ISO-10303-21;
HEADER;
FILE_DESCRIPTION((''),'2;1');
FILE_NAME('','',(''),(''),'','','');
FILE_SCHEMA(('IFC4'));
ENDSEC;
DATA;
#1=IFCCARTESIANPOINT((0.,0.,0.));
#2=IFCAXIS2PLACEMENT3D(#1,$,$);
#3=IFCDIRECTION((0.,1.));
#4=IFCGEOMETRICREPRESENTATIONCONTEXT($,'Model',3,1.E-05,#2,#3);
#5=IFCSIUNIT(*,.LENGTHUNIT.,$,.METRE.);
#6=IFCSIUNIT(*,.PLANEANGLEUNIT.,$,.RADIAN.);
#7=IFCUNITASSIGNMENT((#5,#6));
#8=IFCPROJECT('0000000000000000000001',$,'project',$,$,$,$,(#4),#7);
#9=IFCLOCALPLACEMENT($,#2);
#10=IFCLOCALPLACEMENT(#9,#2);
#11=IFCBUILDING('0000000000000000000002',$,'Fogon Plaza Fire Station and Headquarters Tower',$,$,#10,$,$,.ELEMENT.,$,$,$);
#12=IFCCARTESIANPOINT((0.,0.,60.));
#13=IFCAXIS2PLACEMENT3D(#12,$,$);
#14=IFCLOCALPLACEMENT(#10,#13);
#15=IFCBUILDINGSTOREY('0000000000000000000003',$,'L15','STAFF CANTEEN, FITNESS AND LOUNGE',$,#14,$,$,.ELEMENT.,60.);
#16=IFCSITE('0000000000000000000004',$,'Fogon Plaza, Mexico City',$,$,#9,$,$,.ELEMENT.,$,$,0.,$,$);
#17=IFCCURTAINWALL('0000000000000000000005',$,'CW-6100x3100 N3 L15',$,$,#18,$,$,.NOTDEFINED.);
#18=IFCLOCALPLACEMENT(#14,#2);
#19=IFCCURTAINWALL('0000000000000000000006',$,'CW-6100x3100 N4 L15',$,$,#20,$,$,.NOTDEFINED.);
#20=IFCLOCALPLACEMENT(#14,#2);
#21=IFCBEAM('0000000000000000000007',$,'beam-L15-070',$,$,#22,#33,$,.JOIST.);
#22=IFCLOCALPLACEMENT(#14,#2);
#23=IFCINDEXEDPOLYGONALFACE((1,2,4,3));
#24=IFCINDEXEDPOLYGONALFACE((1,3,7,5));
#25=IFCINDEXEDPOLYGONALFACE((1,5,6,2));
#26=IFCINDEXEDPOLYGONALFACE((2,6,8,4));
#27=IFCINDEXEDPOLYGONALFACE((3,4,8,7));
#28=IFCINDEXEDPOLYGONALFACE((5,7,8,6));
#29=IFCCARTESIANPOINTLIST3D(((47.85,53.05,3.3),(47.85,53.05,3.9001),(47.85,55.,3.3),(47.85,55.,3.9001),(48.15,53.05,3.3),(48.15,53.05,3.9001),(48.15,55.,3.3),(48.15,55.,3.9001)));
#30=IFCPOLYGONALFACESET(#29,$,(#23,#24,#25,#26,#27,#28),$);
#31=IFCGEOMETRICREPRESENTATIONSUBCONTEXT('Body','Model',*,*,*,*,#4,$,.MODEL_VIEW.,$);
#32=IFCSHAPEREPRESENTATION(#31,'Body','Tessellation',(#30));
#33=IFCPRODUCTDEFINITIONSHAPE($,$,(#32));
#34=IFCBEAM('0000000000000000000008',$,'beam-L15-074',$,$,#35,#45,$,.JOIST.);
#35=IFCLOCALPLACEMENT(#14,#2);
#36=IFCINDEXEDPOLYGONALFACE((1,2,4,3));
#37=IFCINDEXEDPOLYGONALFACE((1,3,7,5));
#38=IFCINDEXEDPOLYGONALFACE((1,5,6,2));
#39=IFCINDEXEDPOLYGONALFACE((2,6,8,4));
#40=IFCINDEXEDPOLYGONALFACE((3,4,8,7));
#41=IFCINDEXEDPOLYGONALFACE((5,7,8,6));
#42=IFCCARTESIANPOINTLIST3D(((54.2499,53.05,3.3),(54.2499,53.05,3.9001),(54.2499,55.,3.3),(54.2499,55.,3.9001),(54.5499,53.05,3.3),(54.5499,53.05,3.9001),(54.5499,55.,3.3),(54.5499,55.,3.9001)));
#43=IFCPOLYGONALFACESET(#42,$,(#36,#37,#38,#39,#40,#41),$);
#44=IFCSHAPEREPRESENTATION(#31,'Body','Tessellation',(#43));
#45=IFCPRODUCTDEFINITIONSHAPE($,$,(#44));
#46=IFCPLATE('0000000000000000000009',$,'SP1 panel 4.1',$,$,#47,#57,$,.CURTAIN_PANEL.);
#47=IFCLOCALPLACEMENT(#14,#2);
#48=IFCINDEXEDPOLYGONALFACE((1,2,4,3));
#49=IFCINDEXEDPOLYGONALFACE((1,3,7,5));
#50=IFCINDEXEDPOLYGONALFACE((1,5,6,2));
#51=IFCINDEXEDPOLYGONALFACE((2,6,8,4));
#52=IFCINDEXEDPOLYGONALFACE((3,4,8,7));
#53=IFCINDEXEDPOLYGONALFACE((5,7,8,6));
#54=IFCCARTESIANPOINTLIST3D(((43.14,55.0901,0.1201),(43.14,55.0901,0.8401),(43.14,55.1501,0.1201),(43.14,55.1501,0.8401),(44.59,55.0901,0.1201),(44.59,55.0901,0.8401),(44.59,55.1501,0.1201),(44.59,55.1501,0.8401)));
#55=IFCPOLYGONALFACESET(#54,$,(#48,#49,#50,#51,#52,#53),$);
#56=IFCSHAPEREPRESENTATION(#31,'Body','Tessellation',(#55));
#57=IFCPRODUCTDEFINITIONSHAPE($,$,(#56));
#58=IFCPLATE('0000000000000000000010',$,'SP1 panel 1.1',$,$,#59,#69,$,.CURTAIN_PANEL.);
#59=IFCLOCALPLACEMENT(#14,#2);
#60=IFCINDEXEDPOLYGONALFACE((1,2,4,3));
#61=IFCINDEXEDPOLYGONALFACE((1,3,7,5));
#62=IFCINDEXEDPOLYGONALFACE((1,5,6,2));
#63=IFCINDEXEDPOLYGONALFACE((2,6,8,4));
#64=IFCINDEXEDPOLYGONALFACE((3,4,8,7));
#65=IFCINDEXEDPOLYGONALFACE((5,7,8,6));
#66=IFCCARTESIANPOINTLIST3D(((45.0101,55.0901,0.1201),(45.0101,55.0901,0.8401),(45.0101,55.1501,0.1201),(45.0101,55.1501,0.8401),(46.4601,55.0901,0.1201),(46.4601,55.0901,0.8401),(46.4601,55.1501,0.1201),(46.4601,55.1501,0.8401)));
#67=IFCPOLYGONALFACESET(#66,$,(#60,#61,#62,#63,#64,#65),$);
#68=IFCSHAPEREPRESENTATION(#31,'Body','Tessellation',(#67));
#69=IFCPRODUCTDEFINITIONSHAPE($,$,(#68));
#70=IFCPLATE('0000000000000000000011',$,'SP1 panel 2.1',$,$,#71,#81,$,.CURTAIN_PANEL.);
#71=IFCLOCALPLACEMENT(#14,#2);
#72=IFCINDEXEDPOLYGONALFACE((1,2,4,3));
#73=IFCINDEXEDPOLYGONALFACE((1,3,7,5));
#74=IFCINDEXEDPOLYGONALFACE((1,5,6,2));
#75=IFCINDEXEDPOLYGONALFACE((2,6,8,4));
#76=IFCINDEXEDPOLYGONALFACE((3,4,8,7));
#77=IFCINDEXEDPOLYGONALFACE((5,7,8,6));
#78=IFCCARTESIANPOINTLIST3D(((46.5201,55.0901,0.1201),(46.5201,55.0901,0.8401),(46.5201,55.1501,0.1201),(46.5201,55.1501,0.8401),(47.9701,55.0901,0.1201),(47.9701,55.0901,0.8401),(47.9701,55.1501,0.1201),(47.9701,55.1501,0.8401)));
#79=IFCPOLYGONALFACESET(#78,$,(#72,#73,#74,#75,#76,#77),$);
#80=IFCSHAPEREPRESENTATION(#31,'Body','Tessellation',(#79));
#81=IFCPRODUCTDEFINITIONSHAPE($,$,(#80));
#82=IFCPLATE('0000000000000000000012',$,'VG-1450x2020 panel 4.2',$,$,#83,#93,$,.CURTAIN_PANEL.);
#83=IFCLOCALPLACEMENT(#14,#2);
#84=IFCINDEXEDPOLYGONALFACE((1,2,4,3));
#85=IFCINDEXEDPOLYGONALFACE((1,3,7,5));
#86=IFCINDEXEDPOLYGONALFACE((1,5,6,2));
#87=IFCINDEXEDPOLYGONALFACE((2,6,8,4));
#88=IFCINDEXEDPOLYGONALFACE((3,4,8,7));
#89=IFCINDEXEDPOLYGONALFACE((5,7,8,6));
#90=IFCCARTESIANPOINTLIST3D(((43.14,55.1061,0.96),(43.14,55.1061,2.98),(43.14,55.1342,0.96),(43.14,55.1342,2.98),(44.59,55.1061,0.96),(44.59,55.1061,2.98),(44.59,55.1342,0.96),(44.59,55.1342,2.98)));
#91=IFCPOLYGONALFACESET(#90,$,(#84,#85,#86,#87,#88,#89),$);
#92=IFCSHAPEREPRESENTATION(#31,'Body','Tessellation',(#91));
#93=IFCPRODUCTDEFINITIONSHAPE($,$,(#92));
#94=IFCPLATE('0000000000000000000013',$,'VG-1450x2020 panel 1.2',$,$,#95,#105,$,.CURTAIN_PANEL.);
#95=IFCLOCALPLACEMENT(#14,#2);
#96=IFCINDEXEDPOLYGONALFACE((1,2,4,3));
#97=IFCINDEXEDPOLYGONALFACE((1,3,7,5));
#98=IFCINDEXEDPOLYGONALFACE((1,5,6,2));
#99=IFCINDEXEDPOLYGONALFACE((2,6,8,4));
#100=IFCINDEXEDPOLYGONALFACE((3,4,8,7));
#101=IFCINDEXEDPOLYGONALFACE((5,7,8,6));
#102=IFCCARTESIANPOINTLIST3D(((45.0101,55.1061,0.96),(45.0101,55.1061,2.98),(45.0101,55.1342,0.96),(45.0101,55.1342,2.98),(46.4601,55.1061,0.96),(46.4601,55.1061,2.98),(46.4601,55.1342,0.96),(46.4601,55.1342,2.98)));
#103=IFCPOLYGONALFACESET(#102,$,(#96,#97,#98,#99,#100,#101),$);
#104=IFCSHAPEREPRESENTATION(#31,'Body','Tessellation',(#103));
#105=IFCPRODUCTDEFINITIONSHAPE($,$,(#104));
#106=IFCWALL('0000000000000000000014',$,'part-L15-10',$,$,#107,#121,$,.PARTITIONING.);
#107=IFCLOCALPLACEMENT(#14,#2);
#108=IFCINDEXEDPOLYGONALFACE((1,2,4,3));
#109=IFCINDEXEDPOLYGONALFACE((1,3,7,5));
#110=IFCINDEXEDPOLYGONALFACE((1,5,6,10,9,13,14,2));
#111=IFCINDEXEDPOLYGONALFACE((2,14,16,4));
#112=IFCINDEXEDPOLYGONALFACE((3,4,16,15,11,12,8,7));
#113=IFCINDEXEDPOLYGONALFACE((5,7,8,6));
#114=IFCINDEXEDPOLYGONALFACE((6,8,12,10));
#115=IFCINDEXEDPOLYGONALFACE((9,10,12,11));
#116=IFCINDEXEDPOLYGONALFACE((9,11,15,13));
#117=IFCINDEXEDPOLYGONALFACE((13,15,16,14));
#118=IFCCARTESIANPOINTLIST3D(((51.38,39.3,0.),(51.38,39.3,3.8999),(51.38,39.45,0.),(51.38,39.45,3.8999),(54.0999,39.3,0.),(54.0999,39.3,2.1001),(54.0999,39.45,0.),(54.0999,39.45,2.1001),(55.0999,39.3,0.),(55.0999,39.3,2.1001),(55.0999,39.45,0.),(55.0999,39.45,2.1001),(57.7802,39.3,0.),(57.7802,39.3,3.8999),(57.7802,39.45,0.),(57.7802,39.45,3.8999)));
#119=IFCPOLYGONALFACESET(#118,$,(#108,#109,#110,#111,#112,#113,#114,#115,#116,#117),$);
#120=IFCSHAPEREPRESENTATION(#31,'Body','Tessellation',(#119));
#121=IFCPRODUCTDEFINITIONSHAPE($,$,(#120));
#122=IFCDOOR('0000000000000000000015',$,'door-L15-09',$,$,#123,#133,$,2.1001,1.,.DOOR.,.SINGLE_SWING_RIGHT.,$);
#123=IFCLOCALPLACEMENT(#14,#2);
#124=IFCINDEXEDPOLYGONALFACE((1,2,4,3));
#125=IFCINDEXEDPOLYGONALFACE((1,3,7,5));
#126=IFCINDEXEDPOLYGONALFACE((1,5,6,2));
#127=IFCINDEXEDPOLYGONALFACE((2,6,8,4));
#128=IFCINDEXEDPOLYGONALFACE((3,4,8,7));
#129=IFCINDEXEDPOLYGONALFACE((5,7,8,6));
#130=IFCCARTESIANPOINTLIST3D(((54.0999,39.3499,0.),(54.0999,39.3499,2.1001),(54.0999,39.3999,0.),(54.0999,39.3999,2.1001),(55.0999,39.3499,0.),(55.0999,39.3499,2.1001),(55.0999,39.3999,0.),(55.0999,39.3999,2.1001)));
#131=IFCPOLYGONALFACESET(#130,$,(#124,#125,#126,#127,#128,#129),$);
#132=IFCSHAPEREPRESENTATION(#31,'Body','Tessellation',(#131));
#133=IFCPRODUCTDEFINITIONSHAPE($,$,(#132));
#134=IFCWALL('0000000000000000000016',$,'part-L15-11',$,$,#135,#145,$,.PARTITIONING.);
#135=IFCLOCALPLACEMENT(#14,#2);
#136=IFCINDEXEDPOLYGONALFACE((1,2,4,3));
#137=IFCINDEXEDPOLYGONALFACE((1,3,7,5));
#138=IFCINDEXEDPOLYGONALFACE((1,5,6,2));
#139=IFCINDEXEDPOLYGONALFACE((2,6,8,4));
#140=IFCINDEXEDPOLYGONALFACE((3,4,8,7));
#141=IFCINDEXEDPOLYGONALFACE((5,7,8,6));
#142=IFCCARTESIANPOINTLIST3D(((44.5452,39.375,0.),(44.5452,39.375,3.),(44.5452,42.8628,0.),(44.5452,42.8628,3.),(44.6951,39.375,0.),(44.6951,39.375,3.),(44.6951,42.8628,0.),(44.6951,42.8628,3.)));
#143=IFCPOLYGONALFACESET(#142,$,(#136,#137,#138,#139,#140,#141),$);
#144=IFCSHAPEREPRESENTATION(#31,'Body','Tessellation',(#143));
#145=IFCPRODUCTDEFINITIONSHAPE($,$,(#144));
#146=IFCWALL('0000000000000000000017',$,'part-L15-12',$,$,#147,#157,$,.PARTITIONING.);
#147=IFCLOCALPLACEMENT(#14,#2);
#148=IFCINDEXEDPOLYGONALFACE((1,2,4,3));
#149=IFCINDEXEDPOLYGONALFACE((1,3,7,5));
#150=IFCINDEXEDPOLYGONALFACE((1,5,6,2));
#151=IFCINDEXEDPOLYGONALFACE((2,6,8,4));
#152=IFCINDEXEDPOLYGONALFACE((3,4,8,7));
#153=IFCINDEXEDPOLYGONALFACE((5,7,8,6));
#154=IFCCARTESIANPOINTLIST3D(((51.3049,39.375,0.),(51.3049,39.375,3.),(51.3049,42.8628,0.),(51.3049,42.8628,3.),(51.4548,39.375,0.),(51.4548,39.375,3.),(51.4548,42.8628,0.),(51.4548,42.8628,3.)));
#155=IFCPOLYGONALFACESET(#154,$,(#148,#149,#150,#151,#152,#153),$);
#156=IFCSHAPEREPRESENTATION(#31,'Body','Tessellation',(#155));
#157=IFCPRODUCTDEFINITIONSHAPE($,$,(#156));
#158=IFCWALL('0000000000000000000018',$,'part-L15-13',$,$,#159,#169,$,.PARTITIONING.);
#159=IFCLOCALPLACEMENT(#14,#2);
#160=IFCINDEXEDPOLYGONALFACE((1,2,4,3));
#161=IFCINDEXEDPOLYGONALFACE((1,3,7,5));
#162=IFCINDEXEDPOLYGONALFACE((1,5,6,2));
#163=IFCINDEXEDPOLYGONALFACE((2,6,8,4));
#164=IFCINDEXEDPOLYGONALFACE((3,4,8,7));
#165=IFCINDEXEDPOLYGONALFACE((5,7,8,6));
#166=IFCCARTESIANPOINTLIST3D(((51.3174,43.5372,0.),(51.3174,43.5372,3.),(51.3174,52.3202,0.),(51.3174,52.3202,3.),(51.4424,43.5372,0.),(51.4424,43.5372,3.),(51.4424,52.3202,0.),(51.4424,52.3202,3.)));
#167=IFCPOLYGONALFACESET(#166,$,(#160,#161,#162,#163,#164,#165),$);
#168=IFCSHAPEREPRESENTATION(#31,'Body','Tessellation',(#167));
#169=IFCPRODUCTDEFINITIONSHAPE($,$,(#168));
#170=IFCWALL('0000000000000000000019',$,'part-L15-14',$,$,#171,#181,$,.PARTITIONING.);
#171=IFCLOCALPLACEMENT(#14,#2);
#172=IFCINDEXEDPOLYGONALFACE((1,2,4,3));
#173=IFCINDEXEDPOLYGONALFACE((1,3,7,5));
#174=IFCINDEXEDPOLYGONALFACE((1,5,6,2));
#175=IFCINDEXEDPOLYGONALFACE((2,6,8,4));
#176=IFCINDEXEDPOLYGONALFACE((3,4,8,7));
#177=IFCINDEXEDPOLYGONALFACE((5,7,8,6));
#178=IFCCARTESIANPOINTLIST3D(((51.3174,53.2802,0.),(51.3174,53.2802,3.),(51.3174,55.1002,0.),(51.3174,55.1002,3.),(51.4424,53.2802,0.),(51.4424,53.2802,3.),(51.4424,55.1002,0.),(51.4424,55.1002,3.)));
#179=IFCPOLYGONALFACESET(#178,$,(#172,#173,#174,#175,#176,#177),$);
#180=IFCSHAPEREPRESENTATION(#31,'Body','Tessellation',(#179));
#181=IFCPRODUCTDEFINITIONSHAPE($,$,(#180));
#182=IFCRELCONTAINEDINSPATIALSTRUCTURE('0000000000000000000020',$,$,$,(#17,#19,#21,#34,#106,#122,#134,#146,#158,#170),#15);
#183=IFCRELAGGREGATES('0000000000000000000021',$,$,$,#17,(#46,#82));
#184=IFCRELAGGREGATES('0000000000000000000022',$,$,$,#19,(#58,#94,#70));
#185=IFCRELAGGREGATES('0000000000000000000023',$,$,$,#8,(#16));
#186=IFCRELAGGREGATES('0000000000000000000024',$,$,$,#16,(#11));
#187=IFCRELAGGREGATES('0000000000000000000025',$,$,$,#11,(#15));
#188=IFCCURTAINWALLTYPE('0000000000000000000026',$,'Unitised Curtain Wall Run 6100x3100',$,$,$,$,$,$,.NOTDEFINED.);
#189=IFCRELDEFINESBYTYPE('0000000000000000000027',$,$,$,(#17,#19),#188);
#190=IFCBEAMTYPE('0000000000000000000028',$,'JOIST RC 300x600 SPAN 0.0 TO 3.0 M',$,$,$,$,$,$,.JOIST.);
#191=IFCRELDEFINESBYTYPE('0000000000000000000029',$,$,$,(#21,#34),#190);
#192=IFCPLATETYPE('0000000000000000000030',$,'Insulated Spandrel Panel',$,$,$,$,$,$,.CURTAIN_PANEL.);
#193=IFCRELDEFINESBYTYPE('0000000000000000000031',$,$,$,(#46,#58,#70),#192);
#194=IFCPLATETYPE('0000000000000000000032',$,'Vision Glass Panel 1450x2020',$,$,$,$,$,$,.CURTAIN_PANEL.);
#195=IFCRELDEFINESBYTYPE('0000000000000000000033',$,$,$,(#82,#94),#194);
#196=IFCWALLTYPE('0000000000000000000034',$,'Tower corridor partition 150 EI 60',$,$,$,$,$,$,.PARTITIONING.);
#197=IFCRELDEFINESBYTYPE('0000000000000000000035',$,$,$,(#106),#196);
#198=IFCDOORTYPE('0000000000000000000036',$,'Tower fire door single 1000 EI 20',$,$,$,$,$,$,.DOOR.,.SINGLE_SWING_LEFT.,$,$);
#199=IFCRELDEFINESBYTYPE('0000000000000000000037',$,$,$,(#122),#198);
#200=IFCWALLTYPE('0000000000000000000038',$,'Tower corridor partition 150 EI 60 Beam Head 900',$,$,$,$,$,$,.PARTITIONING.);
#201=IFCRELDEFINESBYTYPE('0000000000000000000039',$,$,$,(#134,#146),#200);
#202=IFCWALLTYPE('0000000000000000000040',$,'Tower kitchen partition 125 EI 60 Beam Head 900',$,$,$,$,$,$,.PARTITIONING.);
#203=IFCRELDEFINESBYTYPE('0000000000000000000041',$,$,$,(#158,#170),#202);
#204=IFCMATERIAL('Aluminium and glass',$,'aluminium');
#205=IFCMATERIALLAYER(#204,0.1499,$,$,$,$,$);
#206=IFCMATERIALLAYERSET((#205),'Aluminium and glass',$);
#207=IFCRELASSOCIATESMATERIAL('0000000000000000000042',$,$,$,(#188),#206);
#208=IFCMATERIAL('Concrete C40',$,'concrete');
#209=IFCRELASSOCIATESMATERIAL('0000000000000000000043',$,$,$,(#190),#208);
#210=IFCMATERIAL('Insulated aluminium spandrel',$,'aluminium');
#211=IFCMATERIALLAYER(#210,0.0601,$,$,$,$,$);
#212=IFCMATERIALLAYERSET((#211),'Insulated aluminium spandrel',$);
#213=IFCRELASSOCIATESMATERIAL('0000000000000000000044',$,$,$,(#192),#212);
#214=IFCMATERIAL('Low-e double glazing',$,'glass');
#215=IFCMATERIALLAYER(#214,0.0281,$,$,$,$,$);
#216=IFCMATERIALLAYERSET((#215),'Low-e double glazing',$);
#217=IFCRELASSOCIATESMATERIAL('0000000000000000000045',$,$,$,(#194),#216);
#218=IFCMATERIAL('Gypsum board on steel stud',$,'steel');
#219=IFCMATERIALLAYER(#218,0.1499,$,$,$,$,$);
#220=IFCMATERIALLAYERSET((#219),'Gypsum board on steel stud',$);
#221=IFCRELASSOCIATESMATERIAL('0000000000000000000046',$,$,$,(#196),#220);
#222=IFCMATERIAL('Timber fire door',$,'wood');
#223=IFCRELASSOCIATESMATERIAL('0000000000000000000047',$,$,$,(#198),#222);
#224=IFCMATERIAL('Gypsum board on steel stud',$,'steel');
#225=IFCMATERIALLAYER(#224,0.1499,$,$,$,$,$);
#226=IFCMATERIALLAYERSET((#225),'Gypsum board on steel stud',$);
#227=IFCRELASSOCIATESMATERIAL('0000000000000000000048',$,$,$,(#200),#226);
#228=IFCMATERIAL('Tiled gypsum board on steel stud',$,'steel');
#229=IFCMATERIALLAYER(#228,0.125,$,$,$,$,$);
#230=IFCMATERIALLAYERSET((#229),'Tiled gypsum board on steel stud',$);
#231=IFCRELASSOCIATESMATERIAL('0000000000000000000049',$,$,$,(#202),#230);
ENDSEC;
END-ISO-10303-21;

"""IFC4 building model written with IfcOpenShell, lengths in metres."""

from ifc_helpers import new_model, si_unit, direction, frame, frame_2d, origin, origin_2d, place, context, subcontext, project, spatial, rectangle, extrude, material, layer, layer_set, material_profile, profile_set, type_object, element, fill, aggregate, save


model = new_model("IFC4")

# Units and contexts
model_context = context("Model", 3, precision=1e-05, world=origin(), true_north=direction((0.0, 1.0)))
body_context = subcontext(model_context, "Body", "Model", "MODEL_VIEW")
ifc_project = project(units=[si_unit("LENGTHUNIT", "METRE"), si_unit("PLANEANGLEUNIT", "RADIAN")], contexts=[model_context])

# Site, building, storey
site_placement = place(None, origin())
site = spatial("IfcSite", under=ifc_project, at=site_placement, Name="Fogon Plaza, Mexico City", CompositionType="ELEMENT", RefElevation=0.0)
building_placement = place(site_placement, origin())
building = spatial("IfcBuilding", under=site, at=building_placement, Name="Fogon Plaza Fire Station and Headquarters Tower", CompositionType="ELEMENT")
storey_placement = place(building_placement, frame((0.0, 0.0, 60.0)))
storey = spatial("IfcBuildingStorey", under=building, at=storey_placement, Name="L15", Description="STAFF CANTEEN, FITNESS AND LOUNGE", CompositionType="ELEMENT", Elevation=60.0)

# Curtain wall
ifc_material_1 = material(Name="Aluminium and glass", Category="aluminium")
ifc_layer_1 = layer(ifc_material_1, 0.1499)
ifc_layer_set_1 = layer_set([ifc_layer_1], Name="Aluminium and glass")
curtain_wall_type = type_object("IfcCurtainWallType", Name="Unitised Curtain Wall Run 6100x3100", PredefinedType="NOTDEFINED", material=ifc_layer_set_1)
curtain_wall_1_placement = place(storey_placement, origin())
curtain_wall_1 = element("IfcCurtainWall", 1, at=curtain_wall_1_placement, inside=storey, type_object=curtain_wall_type, Name="CW-6100x3100 N3 L15", PredefinedType="NOTDEFINED")

# Curtain wall
curtain_wall_2_placement = place(storey_placement, origin())
curtain_wall_2 = element("IfcCurtainWall", 2, at=curtain_wall_2_placement, inside=storey, type_object=curtain_wall_type, Name="CW-6100x3100 N4 L15", PredefinedType="NOTDEFINED")

# Beams
ifc_material_2 = material(Name="Concrete C40", Category="concrete")
ifc_material_profile_1 = material_profile(ifc_material_2, rectangle(XDim=0.3, YDim=0.6001, at=origin_2d()), Name="RC 300x600")
ifc_profile_set_1 = profile_set([ifc_material_profile_1], Name="Concrete C40")
beam_type_1 = type_object("IfcBeamType", Name="JOIST RC 300x600 SPAN 0.0 TO 3.0 M", PredefinedType="JOIST", material=ifc_profile_set_1)
for number, where, z_axis, x_axis, name in (
    (3, (48.0, 53.05, 3.6001), (0.0, 1.0, 0.0), (-1.0, 0.0, 0.0), "beam-L15-070"),
    (4, (54.3999, 53.05, 3.6001), (0.0, 1.0, 0.0), (-1.0, 0.0, 0.0), "beam-L15-074"),
):
    element("IfcBeam", number, at=place(storey_placement, frame(where, z_axis=z_axis, x_axis=x_axis)), inside=storey, type_object=beam_type_1, Name=name, PredefinedType="JOIST", context=body_context, shape_type="SweptSolid", body=[
        extrude(rectangle(XDim=0.3, YDim=0.6001, at=origin_2d()), origin(), (0.0, 0.0, 1.0), 1.95),
    ])

# Plates
ifc_material_3 = material(Name="Insulated aluminium spandrel", Category="aluminium")
ifc_layer_2 = layer(ifc_material_3, 0.0601)
ifc_layer_set_2 = layer_set([ifc_layer_2], Name="Insulated aluminium spandrel")
plate_type_1 = type_object("IfcPlateType", Name="Insulated Spandrel Panel", PredefinedType="CURTAIN_PANEL", material=ifc_layer_set_2)
plate_1_placement = place(storey_placement, frame((43.865, 55.1201, 0.1201), z_axis=(0.0, 0.0, 1.0), x_axis=(1.0, 0.0, 0.0)))
plate_1 = element("IfcPlate", 5, at=plate_1_placement, type_object=plate_type_1, Name="SP1 panel 4.1", PredefinedType="CURTAIN_PANEL", context=body_context, shape_type="SweptSolid", body=[
    extrude(rectangle(XDim=1.45, YDim=0.0601, at=origin_2d()), origin(), (0.0, 0.0, 1.0), 0.72),
])
plate_2_placement = place(storey_placement, frame((45.7351, 55.1201, 0.1201), z_axis=(0.0, 0.0, 1.0), x_axis=(1.0, 0.0, 0.0)))
plate_2 = element("IfcPlate", 6, at=plate_2_placement, type_object=plate_type_1, Name="SP1 panel 1.1", PredefinedType="CURTAIN_PANEL", context=body_context, shape_type="SweptSolid", body=[
    extrude(rectangle(XDim=1.45, YDim=0.0601, at=origin_2d()), origin(), (0.0, 0.0, 1.0), 0.72),
])
plate_3_placement = place(storey_placement, frame((47.2451, 55.1201, 0.1201), z_axis=(0.0, 0.0, 1.0), x_axis=(1.0, 0.0, 0.0)))
plate_3 = element("IfcPlate", 7, at=plate_3_placement, type_object=plate_type_1, Name="SP1 panel 2.1", PredefinedType="CURTAIN_PANEL", context=body_context, shape_type="SweptSolid", body=[
    extrude(rectangle(XDim=1.45, YDim=0.0601, at=origin_2d()), origin(), (0.0, 0.0, 1.0), 0.72),
])
ifc_material_4 = material(Name="Low-e double glazing", Category="glass")
ifc_layer_3 = layer(ifc_material_4, 0.0281)
ifc_layer_set_3 = layer_set([ifc_layer_3], Name="Low-e double glazing")
plate_type_2 = type_object("IfcPlateType", Name="Vision Glass Panel 1450x2020", PredefinedType="CURTAIN_PANEL", material=ifc_layer_set_3)
plate_4_placement = place(storey_placement, frame((43.865, 55.1201, 0.96), z_axis=(0.0, 0.0, 1.0), x_axis=(1.0, 0.0, 0.0)))
plate_4 = element("IfcPlate", 8, at=plate_4_placement, type_object=plate_type_2, Name="VG-1450x2020 panel 4.2", PredefinedType="CURTAIN_PANEL", context=body_context, shape_type="SweptSolid", body=[
    extrude(rectangle(XDim=1.45, YDim=0.0281, at=origin_2d()), origin(), (0.0, 0.0, 1.0), 2.02),
])
aggregate(curtain_wall_1, [plate_1, plate_4])
plate_5_placement = place(storey_placement, frame((45.7351, 55.1201, 0.96), z_axis=(0.0, 0.0, 1.0), x_axis=(1.0, 0.0, 0.0)))
plate_5 = element("IfcPlate", 9, at=plate_5_placement, type_object=plate_type_2, Name="VG-1450x2020 panel 1.2", PredefinedType="CURTAIN_PANEL", context=body_context, shape_type="SweptSolid", body=[
    extrude(rectangle(XDim=1.45, YDim=0.0281, at=origin_2d()), origin(), (0.0, 0.0, 1.0), 2.02),
])
aggregate(curtain_wall_2, [plate_2, plate_5, plate_3])

# Wall, opening, door
ifc_material_5 = material(Name="Gypsum board on steel stud", Category="steel")
ifc_layer_4 = layer(ifc_material_5, 0.1499)
ifc_layer_set_4 = layer_set([ifc_layer_4], Name="Gypsum board on steel stud")
wall_type_1 = type_object("IfcWallType", Name="Tower corridor partition 150 EI 60", PredefinedType="PARTITIONING", material=ifc_layer_set_4)
wall_1_placement = place(storey_placement, frame((51.3799, 39.375, 0.0), z_axis=(0.0, 0.0, 1.0), x_axis=(1.0, 0.0, 0.0)))
wall_1 = element("IfcWall", 10, at=wall_1_placement, inside=storey, type_object=wall_type_1, Name="part-L15-10", PredefinedType="PARTITIONING", context=body_context, shape_type="SweptSolid", body=[
    extrude(rectangle(XDim=6.4001, YDim=0.1499, at=frame_2d((3.2002, 0.0))), origin(), (0.0, 0.0, 1.0), 3.8999),
])
opening_placement = place(wall_1_placement, frame((2.72, 0.0, 0.0)))
opening = element("IfcOpeningElement", 11, at=opening_placement, cuts=wall_1, PredefinedType="OPENING", context=body_context, shape_type="SweptSolid", body=[
    extrude(rectangle(XDim=1.0, YDim=2.1001, at=frame_2d((0.5, 1.05))), frame((0.0, 0.085, 0.0), z_axis=(0.0, -1.0, 0.0), x_axis=(1.0, 0.0, 0.0)), (0.0, 0.0, 1.0), 0.1699),
])
ifc_material_6 = material(Name="Timber fire door", Category="wood")
door_type = type_object("IfcDoorType", Name="Tower fire door single 1000 EI 20", OperationType="SINGLE_SWING_LEFT", PredefinedType="DOOR", material=ifc_material_6)
door_placement = place(opening_placement, origin())
door = element("IfcDoor", 12, at=door_placement, inside=storey, type_object=door_type, Name="door-L15-09", OperationType="SINGLE_SWING_RIGHT", OverallHeight=2.1001, OverallWidth=1.0, PredefinedType="DOOR", context=body_context, shape_type="SweptSolid", body=[
    extrude(rectangle(XDim=1.0, YDim=2.1001, at=frame_2d((0.5, 1.05))), frame((0.0, 0.0249, 0.0), z_axis=(0.0, -1.0, 0.0), x_axis=(1.0, 0.0, 0.0)), (0.0, 0.0, 1.0), 0.05),
])
fill(opening, door)

# Walls
ifc_material_7 = material(Name="Gypsum board on steel stud", Category="steel")
ifc_layer_5 = layer(ifc_material_7, 0.1499)
ifc_layer_set_5 = layer_set([ifc_layer_5], Name="Gypsum board on steel stud")
wall_type_2 = type_object("IfcWallType", Name="Tower corridor partition 150 EI 60 Beam Head 900", PredefinedType="PARTITIONING", material=ifc_layer_set_5)
for number, where, z_axis, x_axis, name in (
    (13, (44.6201, 39.375, 0.0), (0.0, 0.0, 1.0), (0.0, 1.0, 0.0), "part-L15-11"),
    (14, (51.3799, 39.375, 0.0), (0.0, 0.0, 1.0), (0.0, 1.0, 0.0), "part-L15-12"),
):
    element("IfcWall", number, at=place(storey_placement, frame(where, z_axis=z_axis, x_axis=x_axis)), inside=storey, type_object=wall_type_2, Name=name, PredefinedType="PARTITIONING", context=body_context, shape_type="SweptSolid", body=[
        extrude(rectangle(XDim=3.4878, YDim=0.1499, at=frame_2d((1.7439, 0.0))), origin(), (0.0, 0.0, 1.0), 3.0),
    ])
ifc_material_8 = material(Name="Tiled gypsum board on steel stud", Category="steel")
ifc_layer_6 = layer(ifc_material_8, 0.125)
ifc_layer_set_6 = layer_set([ifc_layer_6], Name="Tiled gypsum board on steel stud")
wall_type_3 = type_object("IfcWallType", Name="Tower kitchen partition 125 EI 60 Beam Head 900", PredefinedType="PARTITIONING", material=ifc_layer_set_6)
wall_2_placement = place(storey_placement, frame((51.3799, 43.5371, 0.0), z_axis=(0.0, 0.0, 1.0), x_axis=(0.0, 1.0, 0.0)))
element("IfcWall", 15, at=wall_2_placement, inside=storey, type_object=wall_type_3, Name="part-L15-13", PredefinedType="PARTITIONING", context=body_context, shape_type="SweptSolid", body=[
    extrude(rectangle(XDim=8.783, YDim=0.125, at=frame_2d((4.3916, 0.0))), origin(), (0.0, 0.0, 1.0), 3.0),
])
wall_3_placement = place(storey_placement, frame((51.3799, 53.28, 0.0), z_axis=(0.0, 0.0, 1.0), x_axis=(0.0, 1.0, 0.0)))
element("IfcWall", 16, at=wall_3_placement, inside=storey, type_object=wall_type_3, Name="part-L15-14", PredefinedType="PARTITIONING", context=body_context, shape_type="SweptSolid", body=[
    extrude(rectangle(XDim=1.8201, YDim=0.125, at=frame_2d((0.9102, 0.0))), origin(), (0.0, 0.0, 1.0), 3.0),
])

save(model, "model.ifc")
